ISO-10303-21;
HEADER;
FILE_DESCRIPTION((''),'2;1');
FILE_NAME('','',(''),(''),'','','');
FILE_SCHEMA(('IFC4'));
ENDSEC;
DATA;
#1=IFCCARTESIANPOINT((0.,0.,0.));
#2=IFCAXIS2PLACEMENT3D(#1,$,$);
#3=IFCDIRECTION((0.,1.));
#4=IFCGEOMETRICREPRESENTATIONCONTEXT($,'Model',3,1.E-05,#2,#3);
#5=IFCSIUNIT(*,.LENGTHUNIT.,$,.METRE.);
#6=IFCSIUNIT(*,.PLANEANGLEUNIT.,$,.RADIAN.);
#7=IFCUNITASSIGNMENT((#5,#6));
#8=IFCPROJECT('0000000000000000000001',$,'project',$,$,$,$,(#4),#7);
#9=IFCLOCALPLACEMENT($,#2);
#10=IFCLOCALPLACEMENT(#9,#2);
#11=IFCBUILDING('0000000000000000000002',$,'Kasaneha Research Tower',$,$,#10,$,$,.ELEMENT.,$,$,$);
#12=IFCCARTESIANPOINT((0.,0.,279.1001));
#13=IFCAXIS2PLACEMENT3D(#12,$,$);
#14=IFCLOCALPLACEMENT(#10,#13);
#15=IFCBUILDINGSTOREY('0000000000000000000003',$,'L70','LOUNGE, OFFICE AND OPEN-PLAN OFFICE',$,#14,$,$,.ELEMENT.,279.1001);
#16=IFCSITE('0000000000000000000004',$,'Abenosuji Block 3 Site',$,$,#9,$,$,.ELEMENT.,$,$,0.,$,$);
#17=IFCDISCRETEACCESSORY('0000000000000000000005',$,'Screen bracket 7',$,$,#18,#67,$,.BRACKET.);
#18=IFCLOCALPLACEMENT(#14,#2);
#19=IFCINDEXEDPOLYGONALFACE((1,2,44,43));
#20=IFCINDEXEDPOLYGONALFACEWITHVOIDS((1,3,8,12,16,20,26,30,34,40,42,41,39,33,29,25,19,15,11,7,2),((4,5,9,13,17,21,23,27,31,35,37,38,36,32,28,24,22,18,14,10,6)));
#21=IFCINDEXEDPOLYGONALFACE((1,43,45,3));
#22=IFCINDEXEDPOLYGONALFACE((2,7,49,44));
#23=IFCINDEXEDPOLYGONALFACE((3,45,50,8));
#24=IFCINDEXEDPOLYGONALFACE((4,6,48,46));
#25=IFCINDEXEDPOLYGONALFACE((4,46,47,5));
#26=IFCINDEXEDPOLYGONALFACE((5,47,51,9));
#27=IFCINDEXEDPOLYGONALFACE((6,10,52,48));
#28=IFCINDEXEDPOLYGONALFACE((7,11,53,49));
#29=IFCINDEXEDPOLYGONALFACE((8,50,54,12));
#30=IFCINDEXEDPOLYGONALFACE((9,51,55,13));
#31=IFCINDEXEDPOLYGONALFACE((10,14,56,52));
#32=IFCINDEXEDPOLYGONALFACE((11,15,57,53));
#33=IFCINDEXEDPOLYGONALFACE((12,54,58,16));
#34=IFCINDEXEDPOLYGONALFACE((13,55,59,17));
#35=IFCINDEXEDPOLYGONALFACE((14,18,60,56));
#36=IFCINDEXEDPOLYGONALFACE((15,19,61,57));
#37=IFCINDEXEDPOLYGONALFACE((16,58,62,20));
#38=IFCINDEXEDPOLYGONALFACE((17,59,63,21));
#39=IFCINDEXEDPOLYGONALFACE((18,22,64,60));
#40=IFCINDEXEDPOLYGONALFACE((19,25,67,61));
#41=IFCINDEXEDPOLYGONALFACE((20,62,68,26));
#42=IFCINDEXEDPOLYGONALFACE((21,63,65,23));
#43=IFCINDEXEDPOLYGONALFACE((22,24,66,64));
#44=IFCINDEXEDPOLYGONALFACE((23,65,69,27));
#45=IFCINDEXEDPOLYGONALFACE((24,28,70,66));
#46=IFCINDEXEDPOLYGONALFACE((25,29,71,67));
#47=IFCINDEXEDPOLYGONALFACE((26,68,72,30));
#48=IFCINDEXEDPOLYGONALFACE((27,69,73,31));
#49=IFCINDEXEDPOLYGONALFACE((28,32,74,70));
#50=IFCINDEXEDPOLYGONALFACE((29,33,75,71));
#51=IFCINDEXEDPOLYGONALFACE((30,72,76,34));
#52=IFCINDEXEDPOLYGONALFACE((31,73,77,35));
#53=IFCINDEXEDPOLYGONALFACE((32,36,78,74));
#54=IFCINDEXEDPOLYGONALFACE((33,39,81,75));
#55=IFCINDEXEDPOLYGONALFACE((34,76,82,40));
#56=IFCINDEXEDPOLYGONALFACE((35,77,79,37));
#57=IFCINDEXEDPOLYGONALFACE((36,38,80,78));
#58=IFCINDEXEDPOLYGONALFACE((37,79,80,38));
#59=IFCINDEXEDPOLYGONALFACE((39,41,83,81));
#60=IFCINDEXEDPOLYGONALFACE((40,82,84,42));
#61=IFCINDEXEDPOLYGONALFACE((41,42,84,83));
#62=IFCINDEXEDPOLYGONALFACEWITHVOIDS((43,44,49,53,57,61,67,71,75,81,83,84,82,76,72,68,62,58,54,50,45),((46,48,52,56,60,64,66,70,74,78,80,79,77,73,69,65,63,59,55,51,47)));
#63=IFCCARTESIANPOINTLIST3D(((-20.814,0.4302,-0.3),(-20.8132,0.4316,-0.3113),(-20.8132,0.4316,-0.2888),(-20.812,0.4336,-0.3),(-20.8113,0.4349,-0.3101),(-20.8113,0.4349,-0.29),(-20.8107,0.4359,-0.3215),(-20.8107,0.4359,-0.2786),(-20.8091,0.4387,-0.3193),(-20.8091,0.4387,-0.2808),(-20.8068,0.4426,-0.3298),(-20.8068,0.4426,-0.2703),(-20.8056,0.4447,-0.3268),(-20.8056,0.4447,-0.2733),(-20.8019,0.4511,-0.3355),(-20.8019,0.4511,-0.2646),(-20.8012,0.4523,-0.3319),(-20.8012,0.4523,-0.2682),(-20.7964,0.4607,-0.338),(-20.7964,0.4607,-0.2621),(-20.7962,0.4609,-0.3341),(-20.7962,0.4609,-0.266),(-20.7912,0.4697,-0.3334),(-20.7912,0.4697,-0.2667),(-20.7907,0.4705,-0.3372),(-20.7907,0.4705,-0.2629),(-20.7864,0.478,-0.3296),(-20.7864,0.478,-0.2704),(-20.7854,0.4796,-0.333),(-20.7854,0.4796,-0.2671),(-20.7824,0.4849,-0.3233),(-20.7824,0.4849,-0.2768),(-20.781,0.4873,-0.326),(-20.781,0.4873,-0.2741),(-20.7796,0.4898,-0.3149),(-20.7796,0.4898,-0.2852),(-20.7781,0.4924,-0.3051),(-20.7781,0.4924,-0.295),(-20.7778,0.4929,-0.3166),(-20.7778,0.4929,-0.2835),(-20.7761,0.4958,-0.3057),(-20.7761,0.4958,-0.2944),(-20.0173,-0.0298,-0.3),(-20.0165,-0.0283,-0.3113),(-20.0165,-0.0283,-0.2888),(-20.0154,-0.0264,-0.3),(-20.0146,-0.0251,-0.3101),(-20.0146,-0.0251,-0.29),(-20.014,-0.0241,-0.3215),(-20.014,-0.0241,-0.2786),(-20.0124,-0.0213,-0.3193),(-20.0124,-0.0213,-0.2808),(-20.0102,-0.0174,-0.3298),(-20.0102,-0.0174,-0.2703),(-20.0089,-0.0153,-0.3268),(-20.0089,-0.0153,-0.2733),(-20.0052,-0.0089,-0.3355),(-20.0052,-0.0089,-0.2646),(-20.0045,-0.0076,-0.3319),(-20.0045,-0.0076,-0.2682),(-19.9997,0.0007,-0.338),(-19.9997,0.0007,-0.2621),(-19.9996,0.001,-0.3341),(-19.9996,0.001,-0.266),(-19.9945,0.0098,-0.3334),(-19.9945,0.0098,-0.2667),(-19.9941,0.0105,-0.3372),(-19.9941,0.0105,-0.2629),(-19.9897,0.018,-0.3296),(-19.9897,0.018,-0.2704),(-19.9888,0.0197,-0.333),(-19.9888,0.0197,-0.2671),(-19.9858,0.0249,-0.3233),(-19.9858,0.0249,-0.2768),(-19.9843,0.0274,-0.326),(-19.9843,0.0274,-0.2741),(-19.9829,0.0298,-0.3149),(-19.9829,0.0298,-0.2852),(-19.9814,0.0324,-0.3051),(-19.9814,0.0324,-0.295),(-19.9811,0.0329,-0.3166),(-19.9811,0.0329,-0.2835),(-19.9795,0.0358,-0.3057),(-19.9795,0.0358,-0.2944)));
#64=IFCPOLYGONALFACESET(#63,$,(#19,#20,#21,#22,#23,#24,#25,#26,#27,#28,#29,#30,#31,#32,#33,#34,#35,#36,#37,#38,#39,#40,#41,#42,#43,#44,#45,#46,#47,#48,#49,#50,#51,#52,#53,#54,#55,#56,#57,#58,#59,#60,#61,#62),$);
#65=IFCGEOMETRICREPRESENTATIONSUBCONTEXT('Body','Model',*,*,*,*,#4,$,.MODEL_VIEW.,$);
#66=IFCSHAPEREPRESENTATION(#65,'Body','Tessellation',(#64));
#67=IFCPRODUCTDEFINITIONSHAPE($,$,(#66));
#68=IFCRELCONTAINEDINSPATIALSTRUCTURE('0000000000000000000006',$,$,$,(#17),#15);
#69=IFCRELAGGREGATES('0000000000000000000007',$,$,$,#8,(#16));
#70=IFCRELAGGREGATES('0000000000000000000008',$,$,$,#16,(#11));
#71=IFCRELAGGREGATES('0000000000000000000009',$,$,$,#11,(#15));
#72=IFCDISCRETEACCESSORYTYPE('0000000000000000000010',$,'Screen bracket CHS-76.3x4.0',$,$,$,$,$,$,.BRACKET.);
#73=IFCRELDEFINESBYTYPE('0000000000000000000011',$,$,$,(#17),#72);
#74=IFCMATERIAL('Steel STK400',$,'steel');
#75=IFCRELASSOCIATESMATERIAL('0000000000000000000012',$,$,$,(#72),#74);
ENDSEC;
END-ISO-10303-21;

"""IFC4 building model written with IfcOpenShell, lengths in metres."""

from ifc_helpers import new_model, si_unit, direction, frame, origin, origin_2d, place, context, subcontext, project, spatial, hollow_circle, extrude, material, material_profile, profile_set, type_object, element, save


model = new_model("IFC4")

# Units and contexts
model_context = context("Model", 3, precision=1e-05, world=origin(), true_north=direction((0.0, 1.0)))
body_context = subcontext(model_context, "Body", "Model", "MODEL_VIEW")
ifc_project = project(units=[si_unit("LENGTHUNIT", "METRE"), si_unit("PLANEANGLEUNIT", "RADIAN")], contexts=[model_context])

# Site, building, storey
site_placement = place(None, origin())
site = spatial("IfcSite", under=ifc_project, at=site_placement, Name="Abenosuji Block 3 Site", CompositionType="ELEMENT", RefElevation=0.0)
building_placement = place(site_placement, origin())
building = spatial("IfcBuilding", under=site, at=building_placement, Name="Kasaneha Research Tower", CompositionType="ELEMENT")
storey_placement = place(building_placement, frame((0.0, 0.0, 279.1001)))
storey = spatial("IfcBuildingStorey", under=building, at=storey_placement, Name="L70", Description="LOUNGE, OFFICE AND OPEN-PLAN OFFICE", CompositionType="ELEMENT", Elevation=279.1001)

# Discrete accessory
ifc_material_1 = material(Name="Steel STK400", Category="steel")
ifc_material_profile_1 = material_profile(ifc_material_1, hollow_circle(Radius=0.0381, WallThickness=0.0039, at=origin_2d()), Name="CHS-76.3x4.0")
ifc_profile_set_1 = profile_set([ifc_material_profile_1], Name="Steel STK400")
discrete_accessory_type = type_object("IfcDiscreteAccessoryType", Name="Screen bracket CHS-76.3x4.0", PredefinedType="BRACKET", material=ifc_profile_set_1)
discrete_accessory_1_placement = place(storey_placement, frame((-19.9983, 0.0032, -0.3), z_axis=(-0.866013, 0.500021, 0.0), x_axis=(-0.500021, -0.866013, 0.0)))
element("IfcDiscreteAccessory", 1, at=discrete_accessory_1_placement, inside=storey, type_object=discrete_accessory_type, Name="Screen bracket 7", PredefinedType="BRACKET", context=body_context, shape_type="SweptSolid", body=[
    extrude(hollow_circle(Radius=0.0381, WallThickness=0.0039, at=origin_2d()), origin(), (0.0, 0.0, 1.0), 0.9199),
])

save(model, "model.ifc")
